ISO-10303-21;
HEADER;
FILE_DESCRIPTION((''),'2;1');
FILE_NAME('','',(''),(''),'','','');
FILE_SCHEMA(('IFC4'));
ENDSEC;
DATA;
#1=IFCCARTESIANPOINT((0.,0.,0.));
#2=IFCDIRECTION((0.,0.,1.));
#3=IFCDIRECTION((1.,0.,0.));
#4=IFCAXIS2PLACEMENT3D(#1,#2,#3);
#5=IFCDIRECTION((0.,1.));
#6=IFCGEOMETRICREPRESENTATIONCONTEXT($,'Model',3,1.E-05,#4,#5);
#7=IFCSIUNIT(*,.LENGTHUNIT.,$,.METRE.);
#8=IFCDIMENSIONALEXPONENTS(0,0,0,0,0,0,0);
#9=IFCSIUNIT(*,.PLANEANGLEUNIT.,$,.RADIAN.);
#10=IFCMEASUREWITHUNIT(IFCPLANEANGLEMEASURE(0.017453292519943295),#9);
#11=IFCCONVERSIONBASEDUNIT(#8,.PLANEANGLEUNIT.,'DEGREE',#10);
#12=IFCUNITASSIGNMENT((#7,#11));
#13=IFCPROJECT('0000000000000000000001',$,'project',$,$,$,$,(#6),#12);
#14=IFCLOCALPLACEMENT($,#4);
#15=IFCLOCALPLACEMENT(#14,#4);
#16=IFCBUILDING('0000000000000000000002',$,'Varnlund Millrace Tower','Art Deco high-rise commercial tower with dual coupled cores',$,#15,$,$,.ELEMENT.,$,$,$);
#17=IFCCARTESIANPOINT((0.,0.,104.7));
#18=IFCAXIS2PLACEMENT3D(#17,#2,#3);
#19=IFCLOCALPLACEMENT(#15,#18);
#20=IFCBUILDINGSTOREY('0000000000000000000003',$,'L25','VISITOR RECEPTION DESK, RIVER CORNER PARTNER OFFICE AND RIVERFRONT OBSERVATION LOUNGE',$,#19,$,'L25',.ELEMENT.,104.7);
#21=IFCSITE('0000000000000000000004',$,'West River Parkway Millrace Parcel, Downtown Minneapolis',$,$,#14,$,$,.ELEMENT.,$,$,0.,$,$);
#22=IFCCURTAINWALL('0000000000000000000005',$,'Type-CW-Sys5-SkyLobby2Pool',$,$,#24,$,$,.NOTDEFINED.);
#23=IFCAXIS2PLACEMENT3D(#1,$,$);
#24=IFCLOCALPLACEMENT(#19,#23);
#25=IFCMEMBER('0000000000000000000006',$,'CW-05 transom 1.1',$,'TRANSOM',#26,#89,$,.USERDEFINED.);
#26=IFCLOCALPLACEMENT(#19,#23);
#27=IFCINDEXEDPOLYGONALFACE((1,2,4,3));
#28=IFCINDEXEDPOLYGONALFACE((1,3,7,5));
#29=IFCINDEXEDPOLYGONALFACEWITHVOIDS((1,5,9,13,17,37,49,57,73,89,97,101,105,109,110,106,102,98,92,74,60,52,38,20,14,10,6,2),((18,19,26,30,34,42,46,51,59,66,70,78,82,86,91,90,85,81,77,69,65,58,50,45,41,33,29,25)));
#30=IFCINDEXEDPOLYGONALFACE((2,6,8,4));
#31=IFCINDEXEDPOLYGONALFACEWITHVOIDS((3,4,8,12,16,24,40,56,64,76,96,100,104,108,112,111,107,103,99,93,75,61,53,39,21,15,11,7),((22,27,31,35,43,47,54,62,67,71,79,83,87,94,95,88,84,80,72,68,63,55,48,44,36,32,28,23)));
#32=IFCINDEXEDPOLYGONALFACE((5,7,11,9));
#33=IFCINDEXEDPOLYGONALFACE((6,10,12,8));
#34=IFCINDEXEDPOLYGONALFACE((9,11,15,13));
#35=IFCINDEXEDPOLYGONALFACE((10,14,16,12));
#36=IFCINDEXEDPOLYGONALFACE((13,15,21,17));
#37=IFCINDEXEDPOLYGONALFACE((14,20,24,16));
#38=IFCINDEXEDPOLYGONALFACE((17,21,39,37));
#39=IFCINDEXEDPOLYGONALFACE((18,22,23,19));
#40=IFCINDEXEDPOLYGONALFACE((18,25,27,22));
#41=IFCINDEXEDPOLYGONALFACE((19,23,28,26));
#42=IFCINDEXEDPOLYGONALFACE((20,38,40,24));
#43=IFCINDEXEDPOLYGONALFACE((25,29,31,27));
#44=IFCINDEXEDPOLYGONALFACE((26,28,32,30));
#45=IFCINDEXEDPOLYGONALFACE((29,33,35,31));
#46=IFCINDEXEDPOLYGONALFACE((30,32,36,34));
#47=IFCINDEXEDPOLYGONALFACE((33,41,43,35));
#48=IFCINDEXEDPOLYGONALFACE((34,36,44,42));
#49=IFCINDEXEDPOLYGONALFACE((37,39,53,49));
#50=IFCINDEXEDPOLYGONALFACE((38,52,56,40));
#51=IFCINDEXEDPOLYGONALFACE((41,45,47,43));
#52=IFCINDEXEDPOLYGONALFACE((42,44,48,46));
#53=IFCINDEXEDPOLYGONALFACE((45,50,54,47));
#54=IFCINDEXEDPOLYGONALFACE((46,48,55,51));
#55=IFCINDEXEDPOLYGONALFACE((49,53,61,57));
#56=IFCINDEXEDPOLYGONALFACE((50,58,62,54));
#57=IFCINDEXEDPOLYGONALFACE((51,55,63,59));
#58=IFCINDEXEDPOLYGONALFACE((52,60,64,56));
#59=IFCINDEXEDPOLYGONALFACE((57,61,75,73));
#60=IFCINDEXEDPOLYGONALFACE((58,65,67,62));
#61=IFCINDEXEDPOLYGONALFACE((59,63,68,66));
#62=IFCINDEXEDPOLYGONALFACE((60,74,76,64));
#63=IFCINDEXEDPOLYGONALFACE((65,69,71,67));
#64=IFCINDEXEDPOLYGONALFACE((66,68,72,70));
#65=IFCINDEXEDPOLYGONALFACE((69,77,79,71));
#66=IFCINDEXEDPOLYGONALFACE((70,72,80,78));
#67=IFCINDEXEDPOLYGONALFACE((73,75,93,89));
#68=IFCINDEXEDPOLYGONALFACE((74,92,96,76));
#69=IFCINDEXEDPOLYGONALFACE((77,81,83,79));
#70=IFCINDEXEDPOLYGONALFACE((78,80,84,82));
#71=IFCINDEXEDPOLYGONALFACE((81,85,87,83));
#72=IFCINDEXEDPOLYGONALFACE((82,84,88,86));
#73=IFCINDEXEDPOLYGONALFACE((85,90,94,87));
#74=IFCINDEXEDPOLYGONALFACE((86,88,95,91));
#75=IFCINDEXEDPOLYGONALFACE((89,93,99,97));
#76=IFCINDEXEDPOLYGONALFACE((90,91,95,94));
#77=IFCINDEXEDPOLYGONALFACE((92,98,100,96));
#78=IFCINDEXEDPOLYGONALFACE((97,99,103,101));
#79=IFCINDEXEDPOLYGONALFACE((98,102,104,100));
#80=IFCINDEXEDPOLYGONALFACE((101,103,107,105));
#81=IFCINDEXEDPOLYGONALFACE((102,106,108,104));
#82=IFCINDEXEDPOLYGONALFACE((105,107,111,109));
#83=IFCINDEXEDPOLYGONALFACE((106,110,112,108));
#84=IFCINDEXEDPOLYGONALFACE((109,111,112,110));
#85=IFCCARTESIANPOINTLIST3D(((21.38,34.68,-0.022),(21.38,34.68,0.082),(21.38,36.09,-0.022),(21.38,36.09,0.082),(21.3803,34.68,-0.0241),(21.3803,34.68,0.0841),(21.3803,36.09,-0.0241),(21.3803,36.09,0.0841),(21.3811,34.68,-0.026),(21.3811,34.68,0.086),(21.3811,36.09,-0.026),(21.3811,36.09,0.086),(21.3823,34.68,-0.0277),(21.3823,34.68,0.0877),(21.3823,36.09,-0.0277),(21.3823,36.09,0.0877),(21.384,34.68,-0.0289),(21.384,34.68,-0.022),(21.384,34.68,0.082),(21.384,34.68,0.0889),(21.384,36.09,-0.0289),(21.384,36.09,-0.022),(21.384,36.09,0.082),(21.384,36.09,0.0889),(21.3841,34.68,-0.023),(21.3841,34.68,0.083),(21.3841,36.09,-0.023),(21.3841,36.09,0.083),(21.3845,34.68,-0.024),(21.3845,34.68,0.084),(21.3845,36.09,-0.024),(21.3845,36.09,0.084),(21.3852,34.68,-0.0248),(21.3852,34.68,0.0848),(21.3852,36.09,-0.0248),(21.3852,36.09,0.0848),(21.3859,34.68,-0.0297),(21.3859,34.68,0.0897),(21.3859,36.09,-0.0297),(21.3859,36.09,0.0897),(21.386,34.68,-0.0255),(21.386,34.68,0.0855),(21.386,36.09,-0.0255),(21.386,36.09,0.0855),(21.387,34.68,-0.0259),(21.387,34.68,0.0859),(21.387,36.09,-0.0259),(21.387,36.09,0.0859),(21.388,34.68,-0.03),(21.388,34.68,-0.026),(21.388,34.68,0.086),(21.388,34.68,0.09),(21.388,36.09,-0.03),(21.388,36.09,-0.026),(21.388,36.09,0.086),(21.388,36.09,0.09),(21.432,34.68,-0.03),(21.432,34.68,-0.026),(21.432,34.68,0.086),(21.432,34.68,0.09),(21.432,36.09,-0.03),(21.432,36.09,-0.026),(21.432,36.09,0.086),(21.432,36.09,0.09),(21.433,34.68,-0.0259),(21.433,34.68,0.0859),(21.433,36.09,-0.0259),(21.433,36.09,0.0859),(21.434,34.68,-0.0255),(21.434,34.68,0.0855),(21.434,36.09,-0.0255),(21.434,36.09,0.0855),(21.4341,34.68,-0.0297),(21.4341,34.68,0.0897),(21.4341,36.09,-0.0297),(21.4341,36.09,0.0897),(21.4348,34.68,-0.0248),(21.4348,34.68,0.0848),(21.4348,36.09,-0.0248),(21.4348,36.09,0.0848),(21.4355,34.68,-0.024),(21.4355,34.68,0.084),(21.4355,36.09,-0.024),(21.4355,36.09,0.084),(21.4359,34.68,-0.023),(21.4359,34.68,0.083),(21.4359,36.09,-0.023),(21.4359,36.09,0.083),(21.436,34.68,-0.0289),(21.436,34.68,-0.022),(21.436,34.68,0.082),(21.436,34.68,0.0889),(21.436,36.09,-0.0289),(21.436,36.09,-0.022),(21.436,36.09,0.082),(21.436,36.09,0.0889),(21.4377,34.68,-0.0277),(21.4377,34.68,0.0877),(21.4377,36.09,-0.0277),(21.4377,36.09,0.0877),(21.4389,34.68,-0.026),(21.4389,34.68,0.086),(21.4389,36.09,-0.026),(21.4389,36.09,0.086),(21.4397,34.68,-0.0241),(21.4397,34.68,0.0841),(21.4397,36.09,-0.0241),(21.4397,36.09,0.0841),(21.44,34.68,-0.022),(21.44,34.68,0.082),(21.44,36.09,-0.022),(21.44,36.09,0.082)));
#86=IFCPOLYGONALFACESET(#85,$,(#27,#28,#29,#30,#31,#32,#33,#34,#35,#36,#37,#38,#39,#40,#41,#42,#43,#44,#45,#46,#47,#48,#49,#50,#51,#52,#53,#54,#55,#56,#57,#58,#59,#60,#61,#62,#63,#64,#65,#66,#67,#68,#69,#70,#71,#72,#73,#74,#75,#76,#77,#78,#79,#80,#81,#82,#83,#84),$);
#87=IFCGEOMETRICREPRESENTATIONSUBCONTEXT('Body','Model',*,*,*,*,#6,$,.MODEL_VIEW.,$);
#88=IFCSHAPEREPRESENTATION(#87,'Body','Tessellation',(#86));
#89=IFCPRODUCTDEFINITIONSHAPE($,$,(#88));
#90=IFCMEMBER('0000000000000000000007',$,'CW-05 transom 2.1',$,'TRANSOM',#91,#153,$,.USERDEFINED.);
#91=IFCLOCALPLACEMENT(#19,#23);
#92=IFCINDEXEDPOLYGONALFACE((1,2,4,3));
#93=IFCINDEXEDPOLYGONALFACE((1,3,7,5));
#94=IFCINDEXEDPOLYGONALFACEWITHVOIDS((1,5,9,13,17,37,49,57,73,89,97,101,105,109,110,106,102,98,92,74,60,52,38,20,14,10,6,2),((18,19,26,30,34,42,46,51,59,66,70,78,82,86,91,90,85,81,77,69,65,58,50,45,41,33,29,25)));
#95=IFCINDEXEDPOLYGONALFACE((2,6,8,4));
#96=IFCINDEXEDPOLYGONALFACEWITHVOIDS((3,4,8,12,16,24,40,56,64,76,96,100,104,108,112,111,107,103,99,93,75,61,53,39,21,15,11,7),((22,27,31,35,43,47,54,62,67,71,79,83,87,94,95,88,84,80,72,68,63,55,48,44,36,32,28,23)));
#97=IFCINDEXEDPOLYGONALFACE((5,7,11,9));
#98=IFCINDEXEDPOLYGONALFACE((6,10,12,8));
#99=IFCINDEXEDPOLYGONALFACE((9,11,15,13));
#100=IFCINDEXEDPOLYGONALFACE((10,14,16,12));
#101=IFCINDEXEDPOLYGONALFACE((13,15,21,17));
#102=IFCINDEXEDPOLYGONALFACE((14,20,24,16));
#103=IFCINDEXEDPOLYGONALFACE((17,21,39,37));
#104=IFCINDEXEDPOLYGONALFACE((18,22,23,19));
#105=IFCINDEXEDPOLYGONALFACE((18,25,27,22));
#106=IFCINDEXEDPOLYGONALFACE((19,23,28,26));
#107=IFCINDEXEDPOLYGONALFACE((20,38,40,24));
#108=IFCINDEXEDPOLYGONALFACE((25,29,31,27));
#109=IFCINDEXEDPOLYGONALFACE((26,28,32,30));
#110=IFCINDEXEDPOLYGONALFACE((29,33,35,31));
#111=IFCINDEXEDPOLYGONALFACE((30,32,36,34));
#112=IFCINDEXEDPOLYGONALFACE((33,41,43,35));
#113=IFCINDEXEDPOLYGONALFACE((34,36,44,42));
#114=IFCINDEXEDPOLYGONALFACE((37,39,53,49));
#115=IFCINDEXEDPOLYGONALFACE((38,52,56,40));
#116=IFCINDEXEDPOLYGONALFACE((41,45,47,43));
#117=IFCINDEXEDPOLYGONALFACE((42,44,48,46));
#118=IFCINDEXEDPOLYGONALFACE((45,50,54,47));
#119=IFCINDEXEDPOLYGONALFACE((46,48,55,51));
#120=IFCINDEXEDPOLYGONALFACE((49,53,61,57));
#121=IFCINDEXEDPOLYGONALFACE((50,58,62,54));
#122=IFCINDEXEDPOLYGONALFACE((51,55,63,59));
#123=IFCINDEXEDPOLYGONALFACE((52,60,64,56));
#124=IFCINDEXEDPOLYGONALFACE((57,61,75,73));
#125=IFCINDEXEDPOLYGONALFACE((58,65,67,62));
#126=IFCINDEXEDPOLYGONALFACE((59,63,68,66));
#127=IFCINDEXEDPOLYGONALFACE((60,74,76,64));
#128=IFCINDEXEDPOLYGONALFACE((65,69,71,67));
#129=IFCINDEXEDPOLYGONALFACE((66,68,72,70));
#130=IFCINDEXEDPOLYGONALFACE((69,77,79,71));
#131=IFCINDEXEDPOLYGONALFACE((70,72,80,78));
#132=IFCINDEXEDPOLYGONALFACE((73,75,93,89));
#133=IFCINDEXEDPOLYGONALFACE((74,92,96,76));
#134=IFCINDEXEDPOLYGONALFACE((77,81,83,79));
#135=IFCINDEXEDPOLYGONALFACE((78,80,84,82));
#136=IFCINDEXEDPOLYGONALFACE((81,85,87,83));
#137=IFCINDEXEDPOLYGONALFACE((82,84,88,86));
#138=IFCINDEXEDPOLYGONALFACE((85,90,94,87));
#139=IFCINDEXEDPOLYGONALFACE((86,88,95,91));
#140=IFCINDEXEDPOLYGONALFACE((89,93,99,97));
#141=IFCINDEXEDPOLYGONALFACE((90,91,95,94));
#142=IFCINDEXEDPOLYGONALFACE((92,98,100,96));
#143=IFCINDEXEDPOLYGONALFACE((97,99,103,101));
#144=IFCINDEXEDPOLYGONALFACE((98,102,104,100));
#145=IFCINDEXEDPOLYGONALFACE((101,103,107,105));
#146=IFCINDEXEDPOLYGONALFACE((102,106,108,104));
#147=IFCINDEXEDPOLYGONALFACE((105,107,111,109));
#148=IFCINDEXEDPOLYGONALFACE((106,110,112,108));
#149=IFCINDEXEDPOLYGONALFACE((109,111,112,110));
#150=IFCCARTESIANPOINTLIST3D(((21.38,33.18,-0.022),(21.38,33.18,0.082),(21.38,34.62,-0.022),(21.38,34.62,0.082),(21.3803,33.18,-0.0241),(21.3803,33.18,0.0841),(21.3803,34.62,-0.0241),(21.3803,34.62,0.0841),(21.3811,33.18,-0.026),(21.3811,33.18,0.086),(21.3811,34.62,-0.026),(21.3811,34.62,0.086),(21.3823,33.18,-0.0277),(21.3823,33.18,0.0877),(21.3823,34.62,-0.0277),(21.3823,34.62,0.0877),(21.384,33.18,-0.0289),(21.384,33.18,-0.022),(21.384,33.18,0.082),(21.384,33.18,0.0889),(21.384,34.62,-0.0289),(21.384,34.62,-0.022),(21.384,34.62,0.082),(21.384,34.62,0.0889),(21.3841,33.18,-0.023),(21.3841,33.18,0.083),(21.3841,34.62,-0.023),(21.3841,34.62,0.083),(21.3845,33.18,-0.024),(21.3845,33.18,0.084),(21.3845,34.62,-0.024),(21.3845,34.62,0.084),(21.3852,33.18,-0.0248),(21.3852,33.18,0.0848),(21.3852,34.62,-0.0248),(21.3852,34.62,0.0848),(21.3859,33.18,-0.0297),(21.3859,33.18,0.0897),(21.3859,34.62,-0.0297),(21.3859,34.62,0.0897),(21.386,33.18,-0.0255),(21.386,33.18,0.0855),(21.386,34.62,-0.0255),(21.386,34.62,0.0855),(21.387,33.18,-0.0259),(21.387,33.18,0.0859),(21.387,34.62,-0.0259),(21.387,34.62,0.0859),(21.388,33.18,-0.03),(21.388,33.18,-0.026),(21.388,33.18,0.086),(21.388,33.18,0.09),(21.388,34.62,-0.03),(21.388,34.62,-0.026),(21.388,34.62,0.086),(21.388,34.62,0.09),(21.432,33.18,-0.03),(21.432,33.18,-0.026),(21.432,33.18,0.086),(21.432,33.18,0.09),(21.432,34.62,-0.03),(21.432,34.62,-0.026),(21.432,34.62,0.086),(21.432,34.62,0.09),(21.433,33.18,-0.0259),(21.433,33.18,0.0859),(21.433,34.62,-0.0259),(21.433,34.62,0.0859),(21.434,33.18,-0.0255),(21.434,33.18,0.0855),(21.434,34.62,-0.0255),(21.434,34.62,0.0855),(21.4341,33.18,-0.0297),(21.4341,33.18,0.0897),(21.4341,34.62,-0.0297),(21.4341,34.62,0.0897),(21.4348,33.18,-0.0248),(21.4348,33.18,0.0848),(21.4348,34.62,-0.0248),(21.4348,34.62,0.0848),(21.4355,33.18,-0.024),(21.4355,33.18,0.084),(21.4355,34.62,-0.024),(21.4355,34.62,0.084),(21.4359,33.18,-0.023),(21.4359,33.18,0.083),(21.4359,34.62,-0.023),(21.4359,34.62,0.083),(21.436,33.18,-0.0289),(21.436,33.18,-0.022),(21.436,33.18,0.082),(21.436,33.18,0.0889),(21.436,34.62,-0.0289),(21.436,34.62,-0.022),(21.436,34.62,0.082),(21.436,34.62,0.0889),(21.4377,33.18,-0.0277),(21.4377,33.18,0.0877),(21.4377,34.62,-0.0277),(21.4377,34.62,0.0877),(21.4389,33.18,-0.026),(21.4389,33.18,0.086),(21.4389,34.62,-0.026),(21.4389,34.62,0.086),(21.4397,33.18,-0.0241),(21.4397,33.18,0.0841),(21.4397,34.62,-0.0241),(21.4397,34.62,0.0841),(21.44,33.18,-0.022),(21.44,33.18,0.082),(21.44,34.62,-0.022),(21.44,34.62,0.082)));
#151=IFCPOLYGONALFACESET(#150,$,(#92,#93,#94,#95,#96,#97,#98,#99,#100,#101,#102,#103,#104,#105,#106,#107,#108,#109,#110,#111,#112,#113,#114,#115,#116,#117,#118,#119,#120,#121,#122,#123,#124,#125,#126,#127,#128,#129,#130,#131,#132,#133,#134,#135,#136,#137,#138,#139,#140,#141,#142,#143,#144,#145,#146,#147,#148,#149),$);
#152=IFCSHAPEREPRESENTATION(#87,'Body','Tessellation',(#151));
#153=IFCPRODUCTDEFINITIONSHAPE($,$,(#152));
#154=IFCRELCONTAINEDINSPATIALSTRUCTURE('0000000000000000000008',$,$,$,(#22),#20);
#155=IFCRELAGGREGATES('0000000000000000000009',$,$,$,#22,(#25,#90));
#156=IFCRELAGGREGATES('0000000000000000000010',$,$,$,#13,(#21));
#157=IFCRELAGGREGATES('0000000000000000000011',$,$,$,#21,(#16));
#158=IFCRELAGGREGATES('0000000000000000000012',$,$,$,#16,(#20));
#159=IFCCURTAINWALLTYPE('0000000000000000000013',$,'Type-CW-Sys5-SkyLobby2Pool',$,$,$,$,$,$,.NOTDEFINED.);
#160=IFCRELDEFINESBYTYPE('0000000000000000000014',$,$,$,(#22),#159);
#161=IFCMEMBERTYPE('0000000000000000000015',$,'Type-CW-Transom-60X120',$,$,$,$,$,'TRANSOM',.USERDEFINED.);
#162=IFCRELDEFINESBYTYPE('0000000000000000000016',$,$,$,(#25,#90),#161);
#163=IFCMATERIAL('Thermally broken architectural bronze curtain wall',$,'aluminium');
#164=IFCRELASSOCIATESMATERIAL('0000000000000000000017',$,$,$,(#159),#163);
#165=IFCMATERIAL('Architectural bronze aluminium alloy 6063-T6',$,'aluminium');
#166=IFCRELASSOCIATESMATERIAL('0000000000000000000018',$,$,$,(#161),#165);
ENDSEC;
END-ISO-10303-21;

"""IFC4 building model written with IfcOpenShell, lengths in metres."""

from ifc_helpers import new_model, entity, si_unit, converted_unit, direction, frame, origin_with_axes, origin_2d_with_axis, place, context, subcontext, project, spatial, hollow_rectangle, extrude, material, material_profile, profile_set, type_object, element, aggregate, save


model = new_model("IFC4")

# Units and contexts
model_context = context("Model", 3, precision=1e-05, world=origin_with_axes(), true_north=direction((0.0, 1.0)))
body_context = subcontext(model_context, "Body", "Model", "MODEL_VIEW")
ifc_project = project(units=[si_unit("LENGTHUNIT", "METRE"), converted_unit("PLANEANGLEUNIT", "DEGREE", entity("IfcPlaneAngleMeasure", 0.017453292519943295), si_unit("PLANEANGLEUNIT", "RADIAN"), dimensions=[0, 0, 0, 0, 0, 0, 0])], contexts=[model_context])

# Site, building, storey
site_placement = place(None, origin_with_axes())
site = spatial("IfcSite", under=ifc_project, at=site_placement, Name="West River Parkway Millrace Parcel, Downtown Minneapolis", CompositionType="ELEMENT", RefElevation=0.0)
building_placement = place(site_placement, origin_with_axes())
building = spatial("IfcBuilding", under=site, at=building_placement, Name="Varnlund Millrace Tower", Description="Art Deco high-rise commercial tower with dual coupled cores", CompositionType="ELEMENT")
storey_placement = place(building_placement, frame((0.0, 0.0, 104.7), z_axis=(0.0, 0.0, 1.0), x_axis=(1.0, 0.0, 0.0)))
storey = spatial("IfcBuildingStorey", under=building, at=storey_placement, Name="L25", Description="VISITOR RECEPTION DESK, RIVER CORNER PARTNER OFFICE AND RIVERFRONT OBSERVATION LOUNGE", LongName="L25", CompositionType="ELEMENT", Elevation=104.7)

# Curtain wall, members
ifc_material_1 = material(Name="Thermally broken architectural bronze curtain wall", Category="aluminium")
curtain_wall_type = type_object("IfcCurtainWallType", Name="Type-CW-Sys5-SkyLobby2Pool", PredefinedType="NOTDEFINED", material=ifc_material_1)
curtain_wall_placement = place(storey_placement, frame((21.41, 36.15, 0.0), z_axis=(0.0, 0.0, 1.0), x_axis=(1.0, 0.0, 0.0)))
curtain_wall = element("IfcCurtainWall", 1, at=curtain_wall_placement, inside=storey, type_object=curtain_wall_type, Name="Type-CW-Sys5-SkyLobby2Pool", PredefinedType="NOTDEFINED")
ifc_material_2 = material(Name="Architectural bronze aluminium alloy 6063-T6", Category="aluminium")
ifc_material_profile_1 = material_profile(ifc_material_2, hollow_rectangle(XDim=0.06, YDim=0.12, WallThickness=0.004, InnerFilletRadius=0.004, OuterFilletRadius=0.008, at=origin_2d_with_axis()), Name="Architectural bronze aluminium alloy 6063-T6")
ifc_profile_set_1 = profile_set([ifc_material_profile_1], Name="Architectural bronze aluminium alloy 6063-T6")
member_type_1 = type_object("IfcMemberType", Name="Type-CW-Transom-60X120", ElementType="TRANSOM", PredefinedType="USERDEFINED", material=ifc_profile_set_1)
member_1_placement = place(storey_placement, frame((21.41, 36.09, 0.03), z_axis=(0.0, -1.0, 0.0), x_axis=(1.0, 0.0, 0.0)))
member_1 = element("IfcMember", 2, at=member_1_placement, type_object=member_type_1, Name="CW-05 transom 1.1", ObjectType="TRANSOM", PredefinedType="USERDEFINED", context=body_context, shape_type="SweptSolid", body=[
    extrude(hollow_rectangle(XDim=0.06, YDim=0.12, WallThickness=0.004, InnerFilletRadius=0.004, OuterFilletRadius=0.008, at=origin_2d_with_axis()), origin_with_axes(), (0.0, 0.0, 1.0), 1.41),
])
member_2_placement = place(storey_placement, frame((21.41, 34.62, 0.03), z_axis=(0.0, -1.0, 0.0), x_axis=(1.0, 0.0, 0.0)))
member_2 = element("IfcMember", 3, at=member_2_placement, type_object=member_type_1, Name="CW-05 transom 2.1", ObjectType="TRANSOM", PredefinedType="USERDEFINED", context=body_context, shape_type="SweptSolid", body=[
    extrude(hollow_rectangle(XDim=0.06, YDim=0.12, WallThickness=0.004, InnerFilletRadius=0.004, OuterFilletRadius=0.008, at=origin_2d_with_axis()), origin_with_axes(), (0.0, 0.0, 1.0), 1.44),
])
aggregate(curtain_wall, [member_1, member_2])

save(model, "model.ifc")
